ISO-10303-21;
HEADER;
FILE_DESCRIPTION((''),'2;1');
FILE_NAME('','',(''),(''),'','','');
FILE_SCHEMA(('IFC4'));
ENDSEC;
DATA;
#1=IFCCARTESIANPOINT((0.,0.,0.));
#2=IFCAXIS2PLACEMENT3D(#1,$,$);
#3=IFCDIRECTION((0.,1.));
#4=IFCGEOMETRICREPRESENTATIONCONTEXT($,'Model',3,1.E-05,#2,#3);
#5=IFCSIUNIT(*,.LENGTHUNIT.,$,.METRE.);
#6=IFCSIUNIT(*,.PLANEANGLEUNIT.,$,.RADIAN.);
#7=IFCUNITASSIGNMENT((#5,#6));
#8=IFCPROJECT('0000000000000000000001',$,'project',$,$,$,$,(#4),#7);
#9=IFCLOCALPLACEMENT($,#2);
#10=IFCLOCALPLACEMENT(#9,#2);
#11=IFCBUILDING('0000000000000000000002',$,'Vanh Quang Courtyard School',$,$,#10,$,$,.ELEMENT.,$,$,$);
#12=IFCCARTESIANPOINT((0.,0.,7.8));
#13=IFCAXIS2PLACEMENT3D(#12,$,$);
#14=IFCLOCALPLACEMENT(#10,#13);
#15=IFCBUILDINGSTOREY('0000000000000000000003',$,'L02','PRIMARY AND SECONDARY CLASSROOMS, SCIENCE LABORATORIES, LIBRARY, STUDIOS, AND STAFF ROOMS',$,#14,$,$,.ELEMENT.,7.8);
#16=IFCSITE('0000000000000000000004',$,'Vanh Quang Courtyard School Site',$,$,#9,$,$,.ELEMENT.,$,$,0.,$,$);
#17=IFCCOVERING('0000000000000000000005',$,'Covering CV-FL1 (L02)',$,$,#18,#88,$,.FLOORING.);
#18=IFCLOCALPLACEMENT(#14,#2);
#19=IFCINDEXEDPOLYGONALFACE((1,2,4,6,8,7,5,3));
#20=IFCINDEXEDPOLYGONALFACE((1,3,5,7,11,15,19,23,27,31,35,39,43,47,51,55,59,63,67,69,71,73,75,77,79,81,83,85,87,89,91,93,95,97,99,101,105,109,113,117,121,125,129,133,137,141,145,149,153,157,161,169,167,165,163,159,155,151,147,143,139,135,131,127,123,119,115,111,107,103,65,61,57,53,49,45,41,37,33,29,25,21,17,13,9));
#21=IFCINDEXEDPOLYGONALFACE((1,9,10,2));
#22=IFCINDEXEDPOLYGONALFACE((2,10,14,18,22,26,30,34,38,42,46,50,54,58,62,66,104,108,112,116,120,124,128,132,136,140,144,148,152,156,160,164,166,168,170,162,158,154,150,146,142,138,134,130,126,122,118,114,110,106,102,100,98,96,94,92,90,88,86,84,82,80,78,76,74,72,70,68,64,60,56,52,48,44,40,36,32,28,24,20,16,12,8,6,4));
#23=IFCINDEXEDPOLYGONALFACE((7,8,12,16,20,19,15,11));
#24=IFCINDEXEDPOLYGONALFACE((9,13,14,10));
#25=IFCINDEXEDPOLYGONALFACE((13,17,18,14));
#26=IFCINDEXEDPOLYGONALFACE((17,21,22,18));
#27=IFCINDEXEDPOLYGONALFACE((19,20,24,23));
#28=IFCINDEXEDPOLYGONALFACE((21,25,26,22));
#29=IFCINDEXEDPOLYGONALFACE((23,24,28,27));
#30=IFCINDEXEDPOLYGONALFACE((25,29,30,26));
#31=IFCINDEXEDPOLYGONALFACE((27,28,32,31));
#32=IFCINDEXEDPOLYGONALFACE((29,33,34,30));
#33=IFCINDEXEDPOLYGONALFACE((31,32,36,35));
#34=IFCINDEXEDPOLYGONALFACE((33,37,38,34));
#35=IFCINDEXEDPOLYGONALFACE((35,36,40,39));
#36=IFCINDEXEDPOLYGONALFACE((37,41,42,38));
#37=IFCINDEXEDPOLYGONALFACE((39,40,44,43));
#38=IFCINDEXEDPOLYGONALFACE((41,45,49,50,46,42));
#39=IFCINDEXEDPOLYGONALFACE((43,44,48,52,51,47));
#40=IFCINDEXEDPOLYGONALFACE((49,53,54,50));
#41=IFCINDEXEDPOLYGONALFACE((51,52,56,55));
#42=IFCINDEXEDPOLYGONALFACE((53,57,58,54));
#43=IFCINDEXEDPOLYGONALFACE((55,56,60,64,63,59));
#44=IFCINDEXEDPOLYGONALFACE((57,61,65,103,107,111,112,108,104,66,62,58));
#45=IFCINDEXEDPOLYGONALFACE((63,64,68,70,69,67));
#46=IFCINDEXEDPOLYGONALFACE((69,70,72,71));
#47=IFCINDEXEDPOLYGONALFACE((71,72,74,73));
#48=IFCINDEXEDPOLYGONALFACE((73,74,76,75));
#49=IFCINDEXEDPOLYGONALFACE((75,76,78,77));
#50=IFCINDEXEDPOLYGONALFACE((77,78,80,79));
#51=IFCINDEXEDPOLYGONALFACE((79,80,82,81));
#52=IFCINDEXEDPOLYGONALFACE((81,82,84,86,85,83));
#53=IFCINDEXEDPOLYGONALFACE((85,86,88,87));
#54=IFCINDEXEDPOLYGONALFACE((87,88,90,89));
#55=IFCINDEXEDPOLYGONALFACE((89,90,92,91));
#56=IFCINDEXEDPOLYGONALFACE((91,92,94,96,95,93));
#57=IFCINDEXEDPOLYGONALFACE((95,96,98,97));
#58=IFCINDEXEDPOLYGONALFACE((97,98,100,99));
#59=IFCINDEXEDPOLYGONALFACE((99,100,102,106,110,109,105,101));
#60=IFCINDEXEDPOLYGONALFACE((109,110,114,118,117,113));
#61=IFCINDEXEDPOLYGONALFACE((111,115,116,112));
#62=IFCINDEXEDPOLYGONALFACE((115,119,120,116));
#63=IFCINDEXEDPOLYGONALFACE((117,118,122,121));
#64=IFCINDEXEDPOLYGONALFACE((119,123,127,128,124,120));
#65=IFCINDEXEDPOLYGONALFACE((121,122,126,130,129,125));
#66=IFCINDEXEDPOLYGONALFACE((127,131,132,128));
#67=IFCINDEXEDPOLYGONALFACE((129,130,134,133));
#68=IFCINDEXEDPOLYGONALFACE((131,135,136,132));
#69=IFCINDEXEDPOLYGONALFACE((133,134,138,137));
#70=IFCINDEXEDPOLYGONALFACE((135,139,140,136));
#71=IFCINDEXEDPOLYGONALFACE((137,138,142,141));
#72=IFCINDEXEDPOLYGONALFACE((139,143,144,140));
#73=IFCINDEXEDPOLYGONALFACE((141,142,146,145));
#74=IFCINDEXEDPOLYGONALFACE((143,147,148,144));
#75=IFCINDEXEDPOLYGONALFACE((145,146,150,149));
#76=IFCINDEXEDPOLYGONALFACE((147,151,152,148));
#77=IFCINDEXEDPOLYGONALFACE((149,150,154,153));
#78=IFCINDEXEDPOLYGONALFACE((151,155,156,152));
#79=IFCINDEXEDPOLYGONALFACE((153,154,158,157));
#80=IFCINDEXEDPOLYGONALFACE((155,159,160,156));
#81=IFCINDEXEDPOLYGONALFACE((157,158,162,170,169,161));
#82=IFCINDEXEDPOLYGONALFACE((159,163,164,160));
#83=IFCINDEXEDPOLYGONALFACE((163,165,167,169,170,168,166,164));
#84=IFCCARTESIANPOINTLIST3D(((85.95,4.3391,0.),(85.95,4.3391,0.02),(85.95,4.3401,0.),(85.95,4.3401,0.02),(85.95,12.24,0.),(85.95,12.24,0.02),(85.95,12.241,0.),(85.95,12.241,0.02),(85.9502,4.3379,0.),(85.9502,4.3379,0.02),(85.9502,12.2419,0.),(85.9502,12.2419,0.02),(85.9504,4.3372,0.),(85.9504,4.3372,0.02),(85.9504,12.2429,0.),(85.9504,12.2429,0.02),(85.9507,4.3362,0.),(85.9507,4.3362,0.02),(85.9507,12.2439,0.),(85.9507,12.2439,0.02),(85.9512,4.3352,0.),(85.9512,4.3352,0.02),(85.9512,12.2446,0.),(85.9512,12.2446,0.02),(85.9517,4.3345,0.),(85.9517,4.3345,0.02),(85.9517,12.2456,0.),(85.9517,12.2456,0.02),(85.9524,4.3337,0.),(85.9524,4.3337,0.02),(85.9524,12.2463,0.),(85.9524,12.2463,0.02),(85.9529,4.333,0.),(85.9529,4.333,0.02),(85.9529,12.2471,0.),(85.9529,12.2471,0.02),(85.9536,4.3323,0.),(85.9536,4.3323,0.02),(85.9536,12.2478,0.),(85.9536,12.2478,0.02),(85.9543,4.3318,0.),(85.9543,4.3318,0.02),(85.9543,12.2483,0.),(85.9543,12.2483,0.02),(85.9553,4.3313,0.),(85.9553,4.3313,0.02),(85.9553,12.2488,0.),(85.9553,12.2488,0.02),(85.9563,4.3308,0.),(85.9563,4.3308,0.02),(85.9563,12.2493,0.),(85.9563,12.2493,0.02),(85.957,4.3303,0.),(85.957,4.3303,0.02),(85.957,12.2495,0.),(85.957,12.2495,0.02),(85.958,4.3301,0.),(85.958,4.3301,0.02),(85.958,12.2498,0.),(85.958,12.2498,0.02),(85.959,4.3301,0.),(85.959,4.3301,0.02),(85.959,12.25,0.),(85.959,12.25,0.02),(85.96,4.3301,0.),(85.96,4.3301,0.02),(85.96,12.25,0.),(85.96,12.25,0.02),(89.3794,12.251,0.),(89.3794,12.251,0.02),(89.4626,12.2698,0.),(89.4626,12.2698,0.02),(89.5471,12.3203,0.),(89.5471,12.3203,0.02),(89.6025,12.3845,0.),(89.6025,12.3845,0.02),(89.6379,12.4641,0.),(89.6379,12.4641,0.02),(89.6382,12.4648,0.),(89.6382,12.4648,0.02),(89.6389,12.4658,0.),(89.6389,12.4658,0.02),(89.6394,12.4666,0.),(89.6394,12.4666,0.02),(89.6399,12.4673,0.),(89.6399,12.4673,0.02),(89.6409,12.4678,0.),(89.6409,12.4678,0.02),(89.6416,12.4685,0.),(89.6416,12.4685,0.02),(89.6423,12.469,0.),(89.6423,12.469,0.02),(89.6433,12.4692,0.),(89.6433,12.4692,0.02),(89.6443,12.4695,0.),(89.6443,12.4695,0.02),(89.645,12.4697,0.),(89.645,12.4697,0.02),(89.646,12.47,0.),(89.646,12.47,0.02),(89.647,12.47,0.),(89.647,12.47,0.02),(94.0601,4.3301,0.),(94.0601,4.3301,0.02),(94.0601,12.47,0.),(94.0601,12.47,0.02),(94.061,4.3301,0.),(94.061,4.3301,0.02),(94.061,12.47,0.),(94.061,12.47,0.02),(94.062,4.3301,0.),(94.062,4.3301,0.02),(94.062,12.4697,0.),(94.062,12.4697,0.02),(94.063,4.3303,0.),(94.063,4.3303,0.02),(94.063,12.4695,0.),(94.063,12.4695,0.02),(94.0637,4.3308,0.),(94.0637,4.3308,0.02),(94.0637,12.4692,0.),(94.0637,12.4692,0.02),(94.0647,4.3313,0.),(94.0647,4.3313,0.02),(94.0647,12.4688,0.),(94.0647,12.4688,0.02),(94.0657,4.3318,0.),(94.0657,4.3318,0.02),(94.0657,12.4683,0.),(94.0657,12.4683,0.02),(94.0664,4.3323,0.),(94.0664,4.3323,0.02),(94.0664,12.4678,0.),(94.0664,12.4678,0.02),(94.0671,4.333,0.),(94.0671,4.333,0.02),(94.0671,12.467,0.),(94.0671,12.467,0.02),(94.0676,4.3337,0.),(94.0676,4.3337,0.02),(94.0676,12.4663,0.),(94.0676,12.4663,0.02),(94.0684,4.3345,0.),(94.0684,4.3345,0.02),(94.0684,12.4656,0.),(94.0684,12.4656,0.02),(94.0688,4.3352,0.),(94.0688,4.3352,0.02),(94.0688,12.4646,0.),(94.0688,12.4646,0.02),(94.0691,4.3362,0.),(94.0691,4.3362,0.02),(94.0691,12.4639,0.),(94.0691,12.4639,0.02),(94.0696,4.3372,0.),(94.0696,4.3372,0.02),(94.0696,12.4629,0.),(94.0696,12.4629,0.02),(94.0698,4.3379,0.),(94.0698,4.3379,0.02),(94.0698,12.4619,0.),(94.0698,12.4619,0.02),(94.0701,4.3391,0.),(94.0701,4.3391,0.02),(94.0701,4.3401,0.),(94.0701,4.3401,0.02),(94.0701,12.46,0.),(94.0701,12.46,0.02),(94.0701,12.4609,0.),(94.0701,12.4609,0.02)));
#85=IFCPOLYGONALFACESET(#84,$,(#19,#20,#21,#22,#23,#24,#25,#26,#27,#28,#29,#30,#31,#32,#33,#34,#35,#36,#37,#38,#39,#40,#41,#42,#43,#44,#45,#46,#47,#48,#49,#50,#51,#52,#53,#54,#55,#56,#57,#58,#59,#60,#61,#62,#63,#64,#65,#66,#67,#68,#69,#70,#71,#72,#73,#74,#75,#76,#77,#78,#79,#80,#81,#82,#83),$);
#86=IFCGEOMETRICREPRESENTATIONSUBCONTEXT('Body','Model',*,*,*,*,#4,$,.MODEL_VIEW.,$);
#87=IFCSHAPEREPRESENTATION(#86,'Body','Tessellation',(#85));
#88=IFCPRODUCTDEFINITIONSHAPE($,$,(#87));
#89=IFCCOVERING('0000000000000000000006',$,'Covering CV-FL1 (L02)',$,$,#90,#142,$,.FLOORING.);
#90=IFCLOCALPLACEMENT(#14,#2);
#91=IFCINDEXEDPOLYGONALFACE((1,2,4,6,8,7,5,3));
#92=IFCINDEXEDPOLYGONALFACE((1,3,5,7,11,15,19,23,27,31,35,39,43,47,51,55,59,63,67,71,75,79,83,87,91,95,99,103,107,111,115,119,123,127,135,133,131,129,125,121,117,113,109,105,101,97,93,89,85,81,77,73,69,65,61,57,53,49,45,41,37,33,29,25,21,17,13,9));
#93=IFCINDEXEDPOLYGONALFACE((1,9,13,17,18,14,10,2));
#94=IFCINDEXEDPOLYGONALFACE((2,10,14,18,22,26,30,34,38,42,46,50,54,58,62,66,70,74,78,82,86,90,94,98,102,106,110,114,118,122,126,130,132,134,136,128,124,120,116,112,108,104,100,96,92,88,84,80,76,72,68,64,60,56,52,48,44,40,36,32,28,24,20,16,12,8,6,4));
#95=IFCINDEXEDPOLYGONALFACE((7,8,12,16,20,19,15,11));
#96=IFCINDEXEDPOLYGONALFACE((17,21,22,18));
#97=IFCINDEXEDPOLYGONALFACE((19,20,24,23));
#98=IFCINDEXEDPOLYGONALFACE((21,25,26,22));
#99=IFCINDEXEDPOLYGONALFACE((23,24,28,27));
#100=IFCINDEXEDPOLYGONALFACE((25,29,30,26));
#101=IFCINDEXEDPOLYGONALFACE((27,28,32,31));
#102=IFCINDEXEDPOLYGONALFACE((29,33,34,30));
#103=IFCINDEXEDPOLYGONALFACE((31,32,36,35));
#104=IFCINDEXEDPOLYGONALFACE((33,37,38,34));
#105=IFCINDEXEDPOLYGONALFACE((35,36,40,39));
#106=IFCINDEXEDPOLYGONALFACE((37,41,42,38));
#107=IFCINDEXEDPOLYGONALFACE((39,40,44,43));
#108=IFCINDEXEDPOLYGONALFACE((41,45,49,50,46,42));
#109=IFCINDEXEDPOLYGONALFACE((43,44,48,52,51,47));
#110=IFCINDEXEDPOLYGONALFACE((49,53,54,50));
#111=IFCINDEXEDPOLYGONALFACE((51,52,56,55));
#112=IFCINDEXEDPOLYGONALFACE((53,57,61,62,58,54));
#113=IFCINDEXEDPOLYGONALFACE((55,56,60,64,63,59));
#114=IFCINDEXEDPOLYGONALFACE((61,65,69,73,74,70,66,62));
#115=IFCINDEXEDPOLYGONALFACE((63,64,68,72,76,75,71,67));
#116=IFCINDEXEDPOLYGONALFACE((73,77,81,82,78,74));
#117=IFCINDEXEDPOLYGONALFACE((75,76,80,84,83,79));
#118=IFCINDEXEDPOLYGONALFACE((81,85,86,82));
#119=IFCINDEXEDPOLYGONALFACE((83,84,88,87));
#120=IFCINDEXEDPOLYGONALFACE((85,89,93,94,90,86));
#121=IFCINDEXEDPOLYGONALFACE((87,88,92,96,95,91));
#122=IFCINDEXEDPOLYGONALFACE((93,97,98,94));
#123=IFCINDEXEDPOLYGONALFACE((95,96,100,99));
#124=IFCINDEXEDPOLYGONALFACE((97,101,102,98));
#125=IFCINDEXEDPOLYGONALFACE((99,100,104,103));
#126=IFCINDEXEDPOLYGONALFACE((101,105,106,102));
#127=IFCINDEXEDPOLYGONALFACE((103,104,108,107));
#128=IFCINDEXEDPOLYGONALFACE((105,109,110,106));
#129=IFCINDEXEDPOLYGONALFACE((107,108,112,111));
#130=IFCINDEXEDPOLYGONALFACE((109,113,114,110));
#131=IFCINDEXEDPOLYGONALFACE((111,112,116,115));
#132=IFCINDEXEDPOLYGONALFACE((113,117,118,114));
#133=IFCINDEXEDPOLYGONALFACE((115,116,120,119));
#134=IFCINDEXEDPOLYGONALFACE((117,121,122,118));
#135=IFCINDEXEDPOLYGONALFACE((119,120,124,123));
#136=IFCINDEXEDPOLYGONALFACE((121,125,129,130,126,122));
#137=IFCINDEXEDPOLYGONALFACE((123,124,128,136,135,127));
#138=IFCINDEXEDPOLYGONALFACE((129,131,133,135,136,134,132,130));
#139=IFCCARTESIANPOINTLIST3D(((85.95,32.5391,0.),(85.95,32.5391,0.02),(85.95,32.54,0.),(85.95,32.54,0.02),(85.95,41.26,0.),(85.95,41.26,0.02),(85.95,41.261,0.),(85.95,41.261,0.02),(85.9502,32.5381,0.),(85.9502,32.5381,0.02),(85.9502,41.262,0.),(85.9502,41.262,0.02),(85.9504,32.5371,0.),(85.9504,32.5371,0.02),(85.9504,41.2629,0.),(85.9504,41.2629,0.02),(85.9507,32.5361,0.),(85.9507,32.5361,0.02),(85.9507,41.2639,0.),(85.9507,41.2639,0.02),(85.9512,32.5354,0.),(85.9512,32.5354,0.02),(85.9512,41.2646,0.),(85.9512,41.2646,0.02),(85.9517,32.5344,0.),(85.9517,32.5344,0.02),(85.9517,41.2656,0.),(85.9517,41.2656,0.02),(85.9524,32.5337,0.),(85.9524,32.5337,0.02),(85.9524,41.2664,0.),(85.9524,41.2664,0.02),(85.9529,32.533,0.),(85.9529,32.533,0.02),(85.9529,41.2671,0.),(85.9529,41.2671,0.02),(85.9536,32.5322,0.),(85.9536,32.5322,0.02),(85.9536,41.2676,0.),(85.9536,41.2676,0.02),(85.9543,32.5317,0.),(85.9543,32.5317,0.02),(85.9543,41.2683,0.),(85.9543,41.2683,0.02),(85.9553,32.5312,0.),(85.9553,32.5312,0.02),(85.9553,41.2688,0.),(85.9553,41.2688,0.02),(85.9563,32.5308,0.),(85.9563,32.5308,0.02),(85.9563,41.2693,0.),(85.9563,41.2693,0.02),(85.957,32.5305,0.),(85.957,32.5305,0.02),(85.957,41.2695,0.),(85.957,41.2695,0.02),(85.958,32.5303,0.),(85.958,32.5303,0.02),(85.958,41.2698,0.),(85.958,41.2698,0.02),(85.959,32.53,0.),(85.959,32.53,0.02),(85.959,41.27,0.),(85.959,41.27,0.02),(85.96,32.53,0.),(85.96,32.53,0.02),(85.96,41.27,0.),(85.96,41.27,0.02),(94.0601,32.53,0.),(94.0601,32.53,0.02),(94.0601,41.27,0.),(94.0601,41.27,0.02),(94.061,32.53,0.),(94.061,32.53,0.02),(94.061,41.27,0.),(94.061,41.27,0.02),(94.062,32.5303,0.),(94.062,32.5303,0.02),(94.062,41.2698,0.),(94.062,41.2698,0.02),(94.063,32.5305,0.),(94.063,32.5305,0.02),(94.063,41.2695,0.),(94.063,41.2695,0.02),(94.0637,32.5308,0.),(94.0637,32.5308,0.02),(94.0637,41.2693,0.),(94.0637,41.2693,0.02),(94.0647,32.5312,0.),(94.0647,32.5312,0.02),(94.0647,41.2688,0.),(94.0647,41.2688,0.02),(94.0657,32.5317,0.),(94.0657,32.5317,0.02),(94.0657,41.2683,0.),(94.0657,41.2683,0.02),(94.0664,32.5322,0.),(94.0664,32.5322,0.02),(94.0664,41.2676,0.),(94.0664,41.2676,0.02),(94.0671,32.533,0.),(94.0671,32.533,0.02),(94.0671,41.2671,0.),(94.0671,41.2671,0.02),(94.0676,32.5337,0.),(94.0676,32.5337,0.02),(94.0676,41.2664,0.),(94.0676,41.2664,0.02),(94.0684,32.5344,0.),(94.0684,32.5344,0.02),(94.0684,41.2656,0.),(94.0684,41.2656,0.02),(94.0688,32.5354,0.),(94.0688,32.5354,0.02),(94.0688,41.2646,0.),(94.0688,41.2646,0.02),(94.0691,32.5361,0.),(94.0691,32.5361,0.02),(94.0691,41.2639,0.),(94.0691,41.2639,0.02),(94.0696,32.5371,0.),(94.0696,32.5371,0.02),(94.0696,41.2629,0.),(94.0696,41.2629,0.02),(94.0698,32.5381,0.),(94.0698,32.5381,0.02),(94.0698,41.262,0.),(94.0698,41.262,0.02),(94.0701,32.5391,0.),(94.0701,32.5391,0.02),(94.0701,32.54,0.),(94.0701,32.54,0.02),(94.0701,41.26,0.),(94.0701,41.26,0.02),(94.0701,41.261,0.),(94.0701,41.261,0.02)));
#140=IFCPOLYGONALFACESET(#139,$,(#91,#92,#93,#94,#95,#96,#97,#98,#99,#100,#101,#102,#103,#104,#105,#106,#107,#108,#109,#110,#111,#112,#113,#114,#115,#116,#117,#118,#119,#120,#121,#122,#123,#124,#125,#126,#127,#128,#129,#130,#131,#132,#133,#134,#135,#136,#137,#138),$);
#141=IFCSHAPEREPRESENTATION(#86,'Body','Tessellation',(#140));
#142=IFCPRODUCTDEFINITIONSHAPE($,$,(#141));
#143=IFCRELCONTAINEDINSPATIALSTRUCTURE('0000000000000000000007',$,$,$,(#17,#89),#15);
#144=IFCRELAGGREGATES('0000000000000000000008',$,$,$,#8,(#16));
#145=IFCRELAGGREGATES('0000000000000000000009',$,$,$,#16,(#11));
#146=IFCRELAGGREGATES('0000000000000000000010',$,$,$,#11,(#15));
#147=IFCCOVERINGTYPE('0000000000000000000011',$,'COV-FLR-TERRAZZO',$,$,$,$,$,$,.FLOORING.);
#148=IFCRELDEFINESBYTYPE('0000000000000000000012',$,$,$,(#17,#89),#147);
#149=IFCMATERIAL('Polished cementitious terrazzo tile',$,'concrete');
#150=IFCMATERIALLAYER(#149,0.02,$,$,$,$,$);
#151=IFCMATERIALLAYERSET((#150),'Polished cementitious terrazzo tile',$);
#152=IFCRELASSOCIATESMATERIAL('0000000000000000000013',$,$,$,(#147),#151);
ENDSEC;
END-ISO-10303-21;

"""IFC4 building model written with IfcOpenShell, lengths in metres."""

from ifc_helpers import new_model, si_unit, direction, frame, origin, place, context, subcontext, project, spatial, polyline, outline, extrude, material, layer, layer_set, type_object, element, save


model = new_model("IFC4")

# Units and contexts
model_context = context("Model", 3, precision=1e-05, world=origin(), true_north=direction((0.0, 1.0)))
body_context = subcontext(model_context, "Body", "Model", "MODEL_VIEW")
ifc_project = project(units=[si_unit("LENGTHUNIT", "METRE"), si_unit("PLANEANGLEUNIT", "RADIAN")], contexts=[model_context])

# Site, building, storey
site_placement = place(None, origin())
site = spatial("IfcSite", under=ifc_project, at=site_placement, Name="Vanh Quang Courtyard School Site", CompositionType="ELEMENT", RefElevation=0.0)
building_placement = place(site_placement, origin())
building = spatial("IfcBuilding", under=site, at=building_placement, Name="Vanh Quang Courtyard School", CompositionType="ELEMENT")
storey_placement = place(building_placement, frame((0.0, 0.0, 7.8)))
storey = spatial("IfcBuildingStorey", under=building, at=storey_placement, Name="L02", Description="PRIMARY AND SECONDARY CLASSROOMS, SCIENCE LABORATORIES, LIBRARY, STUDIOS, AND STAFF ROOMS", CompositionType="ELEMENT", Elevation=7.8)

# Coverings
ifc_material_1 = material(Name="Polished cementitious terrazzo tile", Category="concrete")
ifc_layer_1 = layer(ifc_material_1, 0.02)
ifc_layer_set_1 = layer_set([ifc_layer_1], Name="Polished cementitious terrazzo tile")
covering_type_1 = type_object("IfcCoveringType", Name="COV-FLR-TERRAZZO", PredefinedType="FLOORING", material=ifc_layer_set_1)
covering_1_placement = place(storey_placement, origin())
element("IfcCovering", 1, at=covering_1_placement, inside=storey, type_object=covering_type_1, Name="Covering CV-FL1 (L02)", PredefinedType="FLOORING", context=body_context, shape_type="SweptSolid", body=[
    extrude(outline(polyline([(85.96, 4.3301), (85.959, 4.3301), (85.958, 4.3301), (85.957, 4.3303), (85.9563, 4.3308), (85.9553, 4.3313), (85.9543, 4.3318), (85.9536, 4.3323), (85.9529, 4.333), (85.9524, 4.3337), (85.9517, 4.3345), (85.9512, 4.3352), (85.9507, 4.3362), (85.9504, 4.3372), (85.9502, 4.3379), (85.95, 4.3391), (85.95, 4.3401), (85.95, 12.24), (85.95, 12.241), (85.9502, 12.2419), (85.9504, 12.2429), (85.9507, 12.2439), (85.9512, 12.2446), (85.9517, 12.2456), (85.9524, 12.2463), (85.9529, 12.2471), (85.9536, 12.2478), (85.9543, 12.2483), (85.9553, 12.2488), (85.9563, 12.2493), (85.957, 12.2495), (85.958, 12.2498), (85.959, 12.25), (85.96, 12.25), (89.3794, 12.251), (89.4626, 12.2698), (89.5471, 12.3203), (89.6025, 12.3845), (89.6379, 12.4641), (89.6382, 12.4648), (89.6389, 12.4658), (89.6394, 12.4666), (89.6399, 12.4673), (89.6409, 12.4678), (89.6416, 12.4685), (89.6423, 12.469), (89.6433, 12.4692), (89.6443, 12.4695), (89.645, 12.4697), (89.646, 12.47), (89.647, 12.47), (94.0601, 12.47), (94.061, 12.47), (94.062, 12.4697), (94.063, 12.4695), (94.0637, 12.4692), (94.0647, 12.4688), (94.0657, 12.4683), (94.0664, 12.4678), (94.0671, 12.467), (94.0676, 12.4663), (94.0684, 12.4656), (94.0688, 12.4646), (94.0691, 12.4639), (94.0696, 12.4629), (94.0698, 12.4619), (94.0701, 12.4609), (94.0701, 12.46), (94.0701, 4.3401), (94.0701, 4.3391), (94.0698, 4.3379), (94.0696, 4.3372), (94.0691, 4.3362), (94.0688, 4.3352), (94.0684, 4.3345), (94.0676, 4.3337), (94.0671, 4.333), (94.0664, 4.3323), (94.0657, 4.3318), (94.0647, 4.3313), (94.0637, 4.3308), (94.063, 4.3303), (94.062, 4.3301), (94.061, 4.3301), (94.0601, 4.3301), (85.96, 4.3301)])), origin(), (0.0, 0.0, 1.0), 0.02),
])
covering_2_placement = place(storey_placement, origin())
element("IfcCovering", 2, at=covering_2_placement, inside=storey, type_object=covering_type_1, Name="Covering CV-FL1 (L02)", PredefinedType="FLOORING", context=body_context, shape_type="SweptSolid", body=[
    extrude(outline(polyline([(85.96, 32.53), (85.959, 32.53), (85.958, 32.5303), (85.957, 32.5305), (85.9563, 32.5308), (85.9553, 32.5312), (85.9543, 32.5317), (85.9536, 32.5322), (85.9529, 32.533), (85.9524, 32.5337), (85.9517, 32.5344), (85.9512, 32.5354), (85.9507, 32.5361), (85.9504, 32.5371), (85.9502, 32.5381), (85.95, 32.5391), (85.95, 32.54), (85.95, 41.26), (85.95, 41.261), (85.9502, 41.262), (85.9504, 41.2629), (85.9507, 41.2639), (85.9512, 41.2646), (85.9517, 41.2656), (85.9524, 41.2664), (85.9529, 41.2671), (85.9536, 41.2676), (85.9543, 41.2683), (85.9553, 41.2688), (85.9563, 41.2693), (85.957, 41.2695), (85.958, 41.2698), (85.959, 41.27), (85.96, 41.27), (94.0601, 41.27), (94.061, 41.27), (94.062, 41.2698), (94.063, 41.2695), (94.0637, 41.2693), (94.0647, 41.2688), (94.0657, 41.2683), (94.0664, 41.2676), (94.0671, 41.2671), (94.0676, 41.2664), (94.0684, 41.2656), (94.0688, 41.2646), (94.0691, 41.2639), (94.0696, 41.2629), (94.0698, 41.262), (94.0701, 41.261), (94.0701, 41.26), (94.0701, 32.54), (94.0701, 32.5391), (94.0698, 32.5381), (94.0696, 32.5371), (94.0691, 32.5361), (94.0688, 32.5354), (94.0684, 32.5344), (94.0676, 32.5337), (94.0671, 32.533), (94.0664, 32.5322), (94.0657, 32.5317), (94.0647, 32.5312), (94.0637, 32.5308), (94.063, 32.5305), (94.062, 32.5303), (94.061, 32.53), (94.0601, 32.53), (85.96, 32.53)])), origin(), (0.0, 0.0, 1.0), 0.02),
])

save(model, "model.ifc")
